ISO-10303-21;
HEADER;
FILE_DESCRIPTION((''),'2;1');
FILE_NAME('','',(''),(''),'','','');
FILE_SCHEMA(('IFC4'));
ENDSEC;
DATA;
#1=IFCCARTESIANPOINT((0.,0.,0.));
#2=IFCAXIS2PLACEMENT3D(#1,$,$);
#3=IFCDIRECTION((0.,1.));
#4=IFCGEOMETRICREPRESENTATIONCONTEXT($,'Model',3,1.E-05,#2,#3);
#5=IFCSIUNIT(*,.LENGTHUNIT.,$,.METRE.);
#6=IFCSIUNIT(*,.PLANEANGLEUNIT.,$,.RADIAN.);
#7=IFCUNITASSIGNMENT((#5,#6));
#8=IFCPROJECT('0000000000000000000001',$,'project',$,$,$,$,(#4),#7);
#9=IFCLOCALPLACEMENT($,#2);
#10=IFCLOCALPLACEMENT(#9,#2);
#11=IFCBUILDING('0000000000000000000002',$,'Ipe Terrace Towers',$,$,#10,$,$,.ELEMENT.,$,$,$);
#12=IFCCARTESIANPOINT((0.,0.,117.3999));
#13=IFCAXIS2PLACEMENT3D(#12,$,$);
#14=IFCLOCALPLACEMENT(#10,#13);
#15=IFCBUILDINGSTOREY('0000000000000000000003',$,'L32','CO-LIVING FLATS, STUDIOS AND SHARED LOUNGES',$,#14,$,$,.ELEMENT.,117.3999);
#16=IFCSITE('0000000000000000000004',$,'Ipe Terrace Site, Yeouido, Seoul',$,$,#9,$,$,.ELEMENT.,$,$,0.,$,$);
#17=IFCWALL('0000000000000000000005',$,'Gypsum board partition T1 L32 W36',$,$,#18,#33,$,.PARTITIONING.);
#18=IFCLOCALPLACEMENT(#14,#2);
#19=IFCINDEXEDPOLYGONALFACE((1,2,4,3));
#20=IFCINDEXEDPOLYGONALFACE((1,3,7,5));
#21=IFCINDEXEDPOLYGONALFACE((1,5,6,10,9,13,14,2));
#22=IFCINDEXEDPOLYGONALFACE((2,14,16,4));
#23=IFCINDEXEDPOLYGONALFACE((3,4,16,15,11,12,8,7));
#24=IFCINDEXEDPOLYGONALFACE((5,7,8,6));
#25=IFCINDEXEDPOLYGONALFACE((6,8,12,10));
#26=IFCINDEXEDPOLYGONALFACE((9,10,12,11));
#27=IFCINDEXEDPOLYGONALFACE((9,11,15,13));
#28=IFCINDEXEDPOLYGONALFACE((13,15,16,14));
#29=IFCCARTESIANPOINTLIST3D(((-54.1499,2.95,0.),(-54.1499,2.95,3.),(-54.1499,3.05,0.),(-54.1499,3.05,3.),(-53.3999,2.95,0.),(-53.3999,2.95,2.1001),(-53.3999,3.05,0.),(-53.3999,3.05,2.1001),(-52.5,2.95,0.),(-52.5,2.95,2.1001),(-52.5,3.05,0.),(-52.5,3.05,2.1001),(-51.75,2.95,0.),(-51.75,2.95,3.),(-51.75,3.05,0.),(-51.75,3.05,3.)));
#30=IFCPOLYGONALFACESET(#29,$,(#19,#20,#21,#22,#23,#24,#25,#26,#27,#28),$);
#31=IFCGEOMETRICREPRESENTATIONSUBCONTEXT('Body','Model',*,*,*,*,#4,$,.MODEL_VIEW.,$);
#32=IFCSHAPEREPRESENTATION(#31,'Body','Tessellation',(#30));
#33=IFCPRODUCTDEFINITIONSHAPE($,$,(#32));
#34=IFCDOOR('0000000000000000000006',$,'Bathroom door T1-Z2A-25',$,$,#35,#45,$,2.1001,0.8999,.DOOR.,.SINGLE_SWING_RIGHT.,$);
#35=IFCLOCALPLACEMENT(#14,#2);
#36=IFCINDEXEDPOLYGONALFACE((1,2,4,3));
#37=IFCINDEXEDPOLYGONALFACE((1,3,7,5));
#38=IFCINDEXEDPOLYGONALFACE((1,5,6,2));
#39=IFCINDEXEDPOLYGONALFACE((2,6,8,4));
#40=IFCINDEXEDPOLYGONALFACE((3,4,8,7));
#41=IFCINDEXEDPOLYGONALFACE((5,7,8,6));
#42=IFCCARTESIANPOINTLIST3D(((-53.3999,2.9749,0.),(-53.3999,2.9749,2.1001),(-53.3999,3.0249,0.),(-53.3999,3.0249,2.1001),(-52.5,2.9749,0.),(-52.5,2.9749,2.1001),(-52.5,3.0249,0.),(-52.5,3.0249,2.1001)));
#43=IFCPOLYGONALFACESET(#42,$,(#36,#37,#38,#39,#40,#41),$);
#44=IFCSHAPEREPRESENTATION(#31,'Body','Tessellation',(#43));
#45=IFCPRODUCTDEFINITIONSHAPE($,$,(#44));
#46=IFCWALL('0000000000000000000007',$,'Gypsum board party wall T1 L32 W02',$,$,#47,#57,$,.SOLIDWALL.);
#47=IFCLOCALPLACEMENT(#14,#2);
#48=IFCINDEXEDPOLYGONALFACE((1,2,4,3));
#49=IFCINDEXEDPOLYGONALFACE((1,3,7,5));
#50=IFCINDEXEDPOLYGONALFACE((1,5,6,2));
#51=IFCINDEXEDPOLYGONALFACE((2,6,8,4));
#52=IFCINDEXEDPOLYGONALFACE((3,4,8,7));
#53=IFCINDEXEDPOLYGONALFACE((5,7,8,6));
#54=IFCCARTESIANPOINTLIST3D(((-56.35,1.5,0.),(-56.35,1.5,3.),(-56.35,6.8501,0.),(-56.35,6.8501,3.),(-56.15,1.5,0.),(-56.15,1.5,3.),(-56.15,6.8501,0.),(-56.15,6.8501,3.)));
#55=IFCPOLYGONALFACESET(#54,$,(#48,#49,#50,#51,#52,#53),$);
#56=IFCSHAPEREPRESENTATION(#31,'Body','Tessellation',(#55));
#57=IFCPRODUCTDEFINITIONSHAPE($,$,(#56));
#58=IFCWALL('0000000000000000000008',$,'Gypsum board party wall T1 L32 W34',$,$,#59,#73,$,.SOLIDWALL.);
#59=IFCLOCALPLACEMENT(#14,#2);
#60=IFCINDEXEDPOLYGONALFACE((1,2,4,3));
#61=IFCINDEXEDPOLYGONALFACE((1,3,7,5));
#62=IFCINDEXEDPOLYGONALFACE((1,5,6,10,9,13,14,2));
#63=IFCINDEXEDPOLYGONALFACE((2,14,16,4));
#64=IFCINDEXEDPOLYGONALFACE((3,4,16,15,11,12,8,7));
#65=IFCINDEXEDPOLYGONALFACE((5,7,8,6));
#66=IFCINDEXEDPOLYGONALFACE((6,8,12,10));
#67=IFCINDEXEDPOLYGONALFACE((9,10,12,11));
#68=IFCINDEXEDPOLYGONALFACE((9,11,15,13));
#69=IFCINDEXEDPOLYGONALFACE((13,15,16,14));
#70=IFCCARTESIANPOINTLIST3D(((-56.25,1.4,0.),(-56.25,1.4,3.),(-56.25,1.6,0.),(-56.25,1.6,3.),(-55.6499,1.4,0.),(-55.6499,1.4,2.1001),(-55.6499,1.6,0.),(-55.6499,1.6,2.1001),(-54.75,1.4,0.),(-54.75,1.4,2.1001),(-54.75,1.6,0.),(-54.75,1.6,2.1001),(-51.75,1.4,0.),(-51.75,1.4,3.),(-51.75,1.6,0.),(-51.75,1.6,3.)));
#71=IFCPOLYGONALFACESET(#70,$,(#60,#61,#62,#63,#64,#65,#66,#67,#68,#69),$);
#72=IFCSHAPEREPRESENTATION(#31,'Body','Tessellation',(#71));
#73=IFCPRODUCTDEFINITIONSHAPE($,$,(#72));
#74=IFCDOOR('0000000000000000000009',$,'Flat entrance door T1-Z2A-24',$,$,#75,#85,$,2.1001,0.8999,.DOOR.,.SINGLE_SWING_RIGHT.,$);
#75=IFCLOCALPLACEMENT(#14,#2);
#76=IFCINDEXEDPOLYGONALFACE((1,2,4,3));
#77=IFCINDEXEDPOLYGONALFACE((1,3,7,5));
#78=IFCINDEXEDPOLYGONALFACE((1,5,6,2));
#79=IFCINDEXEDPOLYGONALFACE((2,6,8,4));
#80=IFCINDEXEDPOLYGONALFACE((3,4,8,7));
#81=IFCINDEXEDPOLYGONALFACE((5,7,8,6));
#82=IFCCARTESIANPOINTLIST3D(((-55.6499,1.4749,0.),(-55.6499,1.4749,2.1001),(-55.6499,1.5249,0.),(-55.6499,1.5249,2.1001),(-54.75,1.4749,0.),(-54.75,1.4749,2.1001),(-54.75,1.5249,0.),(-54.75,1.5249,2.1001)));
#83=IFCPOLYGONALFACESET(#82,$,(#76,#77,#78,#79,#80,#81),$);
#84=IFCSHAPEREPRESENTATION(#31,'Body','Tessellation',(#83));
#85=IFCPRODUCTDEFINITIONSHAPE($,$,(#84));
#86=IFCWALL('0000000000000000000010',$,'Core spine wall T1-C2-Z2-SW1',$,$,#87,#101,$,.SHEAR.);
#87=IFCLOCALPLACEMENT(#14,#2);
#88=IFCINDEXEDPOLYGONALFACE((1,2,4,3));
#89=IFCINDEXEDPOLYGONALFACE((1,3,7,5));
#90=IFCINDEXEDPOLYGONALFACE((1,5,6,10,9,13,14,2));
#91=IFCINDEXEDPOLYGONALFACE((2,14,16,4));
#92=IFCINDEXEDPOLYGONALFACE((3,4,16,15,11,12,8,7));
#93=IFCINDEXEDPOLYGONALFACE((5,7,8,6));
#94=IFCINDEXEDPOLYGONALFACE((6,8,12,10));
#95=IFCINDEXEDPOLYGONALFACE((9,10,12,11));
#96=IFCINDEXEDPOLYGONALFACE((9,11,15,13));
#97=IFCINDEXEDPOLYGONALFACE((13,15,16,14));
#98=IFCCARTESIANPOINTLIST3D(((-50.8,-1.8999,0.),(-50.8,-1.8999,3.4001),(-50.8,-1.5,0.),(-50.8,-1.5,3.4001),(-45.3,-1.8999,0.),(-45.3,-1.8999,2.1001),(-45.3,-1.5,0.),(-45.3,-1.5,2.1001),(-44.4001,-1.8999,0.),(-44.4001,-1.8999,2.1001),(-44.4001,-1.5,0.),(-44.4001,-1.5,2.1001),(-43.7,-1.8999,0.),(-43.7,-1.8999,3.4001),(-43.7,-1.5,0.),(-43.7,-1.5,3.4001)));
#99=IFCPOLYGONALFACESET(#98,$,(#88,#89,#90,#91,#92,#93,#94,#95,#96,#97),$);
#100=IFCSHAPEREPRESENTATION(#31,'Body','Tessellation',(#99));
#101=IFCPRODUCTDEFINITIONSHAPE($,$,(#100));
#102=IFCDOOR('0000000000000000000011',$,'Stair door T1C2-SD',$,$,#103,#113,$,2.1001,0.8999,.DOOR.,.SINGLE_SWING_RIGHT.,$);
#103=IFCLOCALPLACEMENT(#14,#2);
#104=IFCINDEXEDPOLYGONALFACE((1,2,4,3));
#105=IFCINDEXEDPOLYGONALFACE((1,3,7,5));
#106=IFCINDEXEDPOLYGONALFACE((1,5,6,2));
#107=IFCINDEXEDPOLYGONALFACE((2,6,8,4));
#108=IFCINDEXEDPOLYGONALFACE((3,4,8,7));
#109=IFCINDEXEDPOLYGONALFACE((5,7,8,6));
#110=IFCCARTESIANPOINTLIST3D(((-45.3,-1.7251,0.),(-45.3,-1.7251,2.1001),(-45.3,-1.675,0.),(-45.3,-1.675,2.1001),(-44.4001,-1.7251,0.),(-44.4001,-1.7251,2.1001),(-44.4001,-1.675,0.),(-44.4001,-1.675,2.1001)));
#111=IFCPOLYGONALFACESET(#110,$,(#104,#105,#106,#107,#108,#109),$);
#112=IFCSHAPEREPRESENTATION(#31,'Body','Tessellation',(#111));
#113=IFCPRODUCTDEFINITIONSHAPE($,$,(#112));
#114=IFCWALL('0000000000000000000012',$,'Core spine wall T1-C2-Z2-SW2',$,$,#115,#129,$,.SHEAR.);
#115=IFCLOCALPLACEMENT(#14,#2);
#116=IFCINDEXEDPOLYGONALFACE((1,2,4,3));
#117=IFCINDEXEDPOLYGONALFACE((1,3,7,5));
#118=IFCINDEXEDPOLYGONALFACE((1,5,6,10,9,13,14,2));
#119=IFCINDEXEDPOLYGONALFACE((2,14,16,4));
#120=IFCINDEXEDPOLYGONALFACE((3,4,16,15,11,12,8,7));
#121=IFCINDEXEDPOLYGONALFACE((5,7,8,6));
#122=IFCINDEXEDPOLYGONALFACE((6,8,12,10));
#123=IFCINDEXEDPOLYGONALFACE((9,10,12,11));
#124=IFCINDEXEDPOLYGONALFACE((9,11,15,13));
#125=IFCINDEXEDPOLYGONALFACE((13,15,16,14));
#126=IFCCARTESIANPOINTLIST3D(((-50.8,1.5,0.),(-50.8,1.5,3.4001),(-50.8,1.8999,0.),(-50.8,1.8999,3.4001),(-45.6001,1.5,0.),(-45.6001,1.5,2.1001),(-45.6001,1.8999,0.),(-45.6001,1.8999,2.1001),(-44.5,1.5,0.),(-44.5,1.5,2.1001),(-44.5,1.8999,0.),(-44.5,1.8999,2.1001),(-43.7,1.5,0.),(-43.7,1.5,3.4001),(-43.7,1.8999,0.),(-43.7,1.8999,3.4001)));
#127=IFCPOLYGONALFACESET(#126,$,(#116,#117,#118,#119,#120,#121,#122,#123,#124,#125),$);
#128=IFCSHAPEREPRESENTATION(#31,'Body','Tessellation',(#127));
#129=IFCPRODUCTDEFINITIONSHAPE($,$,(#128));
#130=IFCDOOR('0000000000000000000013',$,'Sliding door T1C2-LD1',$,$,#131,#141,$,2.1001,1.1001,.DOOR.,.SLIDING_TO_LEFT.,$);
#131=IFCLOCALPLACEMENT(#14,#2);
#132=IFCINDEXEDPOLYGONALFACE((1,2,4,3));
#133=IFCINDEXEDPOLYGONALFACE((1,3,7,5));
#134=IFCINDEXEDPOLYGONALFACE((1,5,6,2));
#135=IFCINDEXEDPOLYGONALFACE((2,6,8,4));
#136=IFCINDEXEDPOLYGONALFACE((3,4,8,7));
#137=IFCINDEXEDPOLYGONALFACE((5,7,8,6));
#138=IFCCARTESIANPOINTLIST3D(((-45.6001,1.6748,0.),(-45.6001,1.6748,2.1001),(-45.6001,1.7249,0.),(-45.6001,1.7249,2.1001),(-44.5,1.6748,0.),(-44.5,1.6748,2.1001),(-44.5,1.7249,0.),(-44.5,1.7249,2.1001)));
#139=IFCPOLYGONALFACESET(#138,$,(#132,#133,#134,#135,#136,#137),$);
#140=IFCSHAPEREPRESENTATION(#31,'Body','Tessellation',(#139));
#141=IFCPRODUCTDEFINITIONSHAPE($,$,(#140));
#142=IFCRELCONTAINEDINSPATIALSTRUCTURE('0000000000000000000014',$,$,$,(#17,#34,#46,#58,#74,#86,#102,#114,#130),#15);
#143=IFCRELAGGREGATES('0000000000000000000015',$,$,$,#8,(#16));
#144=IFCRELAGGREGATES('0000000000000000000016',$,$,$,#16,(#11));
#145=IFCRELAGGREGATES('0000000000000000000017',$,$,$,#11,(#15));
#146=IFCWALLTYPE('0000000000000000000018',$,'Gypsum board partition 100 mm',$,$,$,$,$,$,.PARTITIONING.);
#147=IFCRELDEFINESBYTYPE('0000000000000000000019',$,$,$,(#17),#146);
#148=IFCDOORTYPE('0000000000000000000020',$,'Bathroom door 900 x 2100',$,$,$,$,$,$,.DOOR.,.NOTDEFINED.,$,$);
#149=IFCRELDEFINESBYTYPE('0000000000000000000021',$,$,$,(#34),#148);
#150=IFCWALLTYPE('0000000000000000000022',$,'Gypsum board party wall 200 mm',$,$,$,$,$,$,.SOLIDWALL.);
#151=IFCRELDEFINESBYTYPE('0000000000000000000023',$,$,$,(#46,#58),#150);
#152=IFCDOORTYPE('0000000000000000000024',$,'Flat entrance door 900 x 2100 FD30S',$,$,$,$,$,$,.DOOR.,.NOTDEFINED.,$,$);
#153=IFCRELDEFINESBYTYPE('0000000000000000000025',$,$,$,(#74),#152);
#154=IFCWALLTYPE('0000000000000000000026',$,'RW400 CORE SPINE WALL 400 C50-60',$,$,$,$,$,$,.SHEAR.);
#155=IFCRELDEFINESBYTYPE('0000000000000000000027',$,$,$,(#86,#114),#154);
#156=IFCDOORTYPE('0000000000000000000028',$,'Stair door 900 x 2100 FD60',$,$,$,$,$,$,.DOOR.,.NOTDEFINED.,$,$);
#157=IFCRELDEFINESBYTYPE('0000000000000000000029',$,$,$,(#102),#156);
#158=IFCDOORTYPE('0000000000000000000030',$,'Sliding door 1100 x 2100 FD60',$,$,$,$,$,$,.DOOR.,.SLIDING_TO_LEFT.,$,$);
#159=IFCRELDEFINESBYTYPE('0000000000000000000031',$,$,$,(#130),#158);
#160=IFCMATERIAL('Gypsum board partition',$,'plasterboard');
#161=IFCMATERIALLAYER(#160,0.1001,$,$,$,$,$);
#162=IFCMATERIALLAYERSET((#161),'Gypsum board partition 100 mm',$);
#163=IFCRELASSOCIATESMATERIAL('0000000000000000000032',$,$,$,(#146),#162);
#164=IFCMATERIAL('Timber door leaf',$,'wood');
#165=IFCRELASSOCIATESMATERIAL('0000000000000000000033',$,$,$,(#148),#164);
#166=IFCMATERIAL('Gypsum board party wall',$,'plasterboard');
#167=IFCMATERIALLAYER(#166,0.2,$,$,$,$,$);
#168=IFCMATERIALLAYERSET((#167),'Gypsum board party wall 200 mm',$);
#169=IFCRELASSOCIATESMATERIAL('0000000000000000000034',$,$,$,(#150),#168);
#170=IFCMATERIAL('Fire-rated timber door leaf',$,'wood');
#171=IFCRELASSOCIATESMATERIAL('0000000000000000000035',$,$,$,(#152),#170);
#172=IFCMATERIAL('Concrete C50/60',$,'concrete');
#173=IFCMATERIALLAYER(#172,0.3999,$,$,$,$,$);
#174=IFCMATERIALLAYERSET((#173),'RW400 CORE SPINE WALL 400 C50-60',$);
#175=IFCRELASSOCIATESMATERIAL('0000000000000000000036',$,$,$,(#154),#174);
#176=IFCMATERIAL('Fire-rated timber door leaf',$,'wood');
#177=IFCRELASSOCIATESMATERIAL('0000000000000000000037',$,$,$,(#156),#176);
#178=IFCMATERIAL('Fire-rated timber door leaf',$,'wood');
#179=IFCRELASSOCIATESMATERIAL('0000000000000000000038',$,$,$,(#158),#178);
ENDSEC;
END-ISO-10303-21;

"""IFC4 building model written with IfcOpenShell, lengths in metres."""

from ifc_helpers import new_model, si_unit, direction, frame, frame_2d, origin, place, context, subcontext, project, spatial, rectangle, extrude, material, layer, layer_set, type_object, element, fill, save


model = new_model("IFC4")

# Units and contexts
model_context = context("Model", 3, precision=1e-05, world=origin(), true_north=direction((0.0, 1.0)))
body_context = subcontext(model_context, "Body", "Model", "MODEL_VIEW")
ifc_project = project(units=[si_unit("LENGTHUNIT", "METRE"), si_unit("PLANEANGLEUNIT", "RADIAN")], contexts=[model_context])

# Site, building, storey
site_placement = place(None, origin())
site = spatial("IfcSite", under=ifc_project, at=site_placement, Name="Ipe Terrace Site, Yeouido, Seoul", CompositionType="ELEMENT", RefElevation=0.0)
building_placement = place(site_placement, origin())
building = spatial("IfcBuilding", under=site, at=building_placement, Name="Ipe Terrace Towers", CompositionType="ELEMENT")
storey_placement = place(building_placement, frame((0.0, 0.0, 117.3999)))
storey = spatial("IfcBuildingStorey", under=building, at=storey_placement, Name="L32", Description="CO-LIVING FLATS, STUDIOS AND SHARED LOUNGES", CompositionType="ELEMENT", Elevation=117.3999)

# Shared definitions
ifc_material_1 = material(Name="Gypsum board partition", Category="plasterboard")
ifc_layer_1 = layer(ifc_material_1, 0.1001)
ifc_layer_set_1 = layer_set([ifc_layer_1], Name="Gypsum board partition 100 mm")
wall_type_1 = type_object("IfcWallType", Name="Gypsum board partition 100 mm", PredefinedType="PARTITIONING", material=ifc_layer_set_1)

# Wall, opening, door
wall_1_placement = place(storey_placement, frame((-54.1499, 3.0, 0.0), z_axis=(0.0, 0.0, 1.0), x_axis=(1.0, 0.0, 0.0)))
wall_1 = element("IfcWall", 1, at=wall_1_placement, inside=storey, type_object=wall_type_1, Name="Gypsum board partition T1 L32 W36", PredefinedType="PARTITIONING", context=body_context, shape_type="SweptSolid", body=[
    extrude(rectangle(XDim=2.3999, YDim=0.1001, at=frame_2d((1.2, 0.0))), origin(), (0.0, 0.0, 1.0), 3.0),
])
opening_1_placement = place(wall_1_placement, frame((0.75, 0.0, 0.0)))
opening_1 = element("IfcOpeningElement", 2, at=opening_1_placement, cuts=wall_1, PredefinedType="OPENING", context=body_context, shape_type="SweptSolid", body=[
    extrude(rectangle(XDim=0.8999, YDim=2.1001, at=frame_2d((0.45, 1.05))), frame((0.0, 0.0601, 0.0), z_axis=(0.0, -1.0, 0.0), x_axis=(1.0, 0.0, 0.0)), (0.0, 0.0, 1.0), 0.1201),
])
ifc_material_2 = material(Name="Timber door leaf", Category="wood")
door_type_1 = type_object("IfcDoorType", Name="Bathroom door 900 x 2100", OperationType="NOTDEFINED", PredefinedType="DOOR", material=ifc_material_2)
door_1_placement = place(opening_1_placement, origin())
door_1 = element("IfcDoor", 3, at=door_1_placement, inside=storey, type_object=door_type_1, Name="Bathroom door T1-Z2A-25", OperationType="SINGLE_SWING_RIGHT", OverallHeight=2.1001, OverallWidth=0.8999, PredefinedType="DOOR", context=body_context, shape_type="SweptSolid", body=[
    extrude(rectangle(XDim=0.8999, YDim=2.1001, at=frame_2d((0.45, 1.05))), frame((0.0, 0.0249, 0.0), z_axis=(0.0, -1.0, 0.0), x_axis=(1.0, 0.0, 0.0)), (0.0, 0.0, 1.0), 0.05),
])
fill(opening_1, door_1)

# Wall
ifc_material_3 = material(Name="Gypsum board party wall", Category="plasterboard")
ifc_layer_2 = layer(ifc_material_3, 0.2)
ifc_layer_set_2 = layer_set([ifc_layer_2], Name="Gypsum board party wall 200 mm")
wall_type_2 = type_object("IfcWallType", Name="Gypsum board party wall 200 mm", PredefinedType="SOLIDWALL", material=ifc_layer_set_2)
wall_2_placement = place(storey_placement, frame((-56.25, 1.5, 0.0), z_axis=(0.0, 0.0, 1.0), x_axis=(0.0, 1.0, 0.0)))
element("IfcWall", 4, at=wall_2_placement, inside=storey, type_object=wall_type_2, Name="Gypsum board party wall T1 L32 W02", PredefinedType="SOLIDWALL", context=body_context, shape_type="SweptSolid", body=[
    extrude(rectangle(XDim=5.3501, YDim=0.2, at=frame_2d((2.675, 0.0))), origin(), (0.0, 0.0, 1.0), 3.0),
])

# Walls, openings, doors
wall_3_placement = place(storey_placement, frame((-56.25, 1.5, 0.0), z_axis=(0.0, 0.0, 1.0), x_axis=(1.0, 0.0, 0.0)))
wall_3 = element("IfcWall", 5, at=wall_3_placement, inside=storey, type_object=wall_type_2, Name="Gypsum board party wall T1 L32 W34", PredefinedType="SOLIDWALL", context=body_context, shape_type="SweptSolid", body=[
    extrude(rectangle(XDim=4.5, YDim=0.2, at=frame_2d((2.25, 0.0))), origin(), (0.0, 0.0, 1.0), 3.0),
])
opening_2_placement = place(wall_3_placement, frame((0.6001, 0.0, 0.0)))
opening_2 = element("IfcOpeningElement", 6, at=opening_2_placement, cuts=wall_3, PredefinedType="OPENING", context=body_context, shape_type="SweptSolid", body=[
    extrude(rectangle(XDim=0.8999, YDim=2.1001, at=frame_2d((0.45, 1.05))), frame((0.0, 0.1099, 0.0), z_axis=(0.0, -1.0, 0.0), x_axis=(1.0, 0.0, 0.0)), (0.0, 0.0, 1.0), 0.22),
])
ifc_material_4 = material(Name="Fire-rated timber door leaf", Category="wood")
door_type_2 = type_object("IfcDoorType", Name="Flat entrance door 900 x 2100 FD30S", OperationType="NOTDEFINED", PredefinedType="DOOR", material=ifc_material_4)
door_2_placement = place(opening_2_placement, origin())
door_2 = element("IfcDoor", 7, at=door_2_placement, inside=storey, type_object=door_type_2, Name="Flat entrance door T1-Z2A-24", OperationType="SINGLE_SWING_RIGHT", OverallHeight=2.1001, OverallWidth=0.8999, PredefinedType="DOOR", context=body_context, shape_type="SweptSolid", body=[
    extrude(rectangle(XDim=0.8999, YDim=2.1001, at=frame_2d((0.45, 1.05))), frame((0.0, 0.0249, 0.0), z_axis=(0.0, -1.0, 0.0), x_axis=(1.0, 0.0, 0.0)), (0.0, 0.0, 1.0), 0.05),
])
fill(opening_2, door_2)
ifc_material_5 = material(Name="Concrete C50/60", Category="concrete")
ifc_layer_3 = layer(ifc_material_5, 0.3999)
ifc_layer_set_3 = layer_set([ifc_layer_3], Name="RW400 CORE SPINE WALL 400 C50-60")
wall_type_3 = type_object("IfcWallType", Name="RW400 CORE SPINE WALL 400 C50-60", PredefinedType="SHEAR", material=ifc_layer_set_3)
wall_4_placement = place(storey_placement, frame((-50.8, -1.7, 0.0), z_axis=(0.0, 0.0, 1.0), x_axis=(1.0, 0.0, 0.0)))
wall_4 = element("IfcWall", 8, at=wall_4_placement, inside=storey, type_object=wall_type_3, Name="Core spine wall T1-C2-Z2-SW1", PredefinedType="SHEAR", context=body_context, shape_type="SweptSolid", body=[
    extrude(rectangle(XDim=7.1001, YDim=0.3999, at=frame_2d((3.55, 0.0))), origin(), (0.0, 0.0, 1.0), 3.4001),
])
opening_3_placement = place(wall_4_placement, frame((5.5, 0.0, 0.0)))
opening_3 = element("IfcOpeningElement", 9, at=opening_3_placement, cuts=wall_4, PredefinedType="OPENING", context=body_context, shape_type="SweptSolid", body=[
    extrude(rectangle(XDim=0.8999, YDim=2.1001, at=frame_2d((0.45, 1.05))), frame((0.0, 0.21, 0.0), z_axis=(0.0, -1.0, 0.0), x_axis=(1.0, 0.0, 0.0)), (0.0, 0.0, 1.0), 0.4199),
])
ifc_material_6 = material(Name="Fire-rated timber door leaf", Category="wood")
door_type_3 = type_object("IfcDoorType", Name="Stair door 900 x 2100 FD60", OperationType="NOTDEFINED", PredefinedType="DOOR", material=ifc_material_6)
door_3_placement = place(opening_3_placement, origin())
door_3 = element("IfcDoor", 10, at=door_3_placement, inside=storey, type_object=door_type_3, Name="Stair door T1C2-SD", OperationType="SINGLE_SWING_RIGHT", OverallHeight=2.1001, OverallWidth=0.8999, PredefinedType="DOOR", context=body_context, shape_type="SweptSolid", body=[
    extrude(rectangle(XDim=0.8999, YDim=2.1001, at=frame_2d((0.45, 1.05))), frame((0.0, 0.0249, 0.0), z_axis=(0.0, -1.0, 0.0), x_axis=(1.0, 0.0, 0.0)), (0.0, 0.0, 1.0), 0.05),
])
fill(opening_3, door_3)
wall_5_placement = place(storey_placement, frame((-50.8, 1.7, 0.0), z_axis=(0.0, 0.0, 1.0), x_axis=(1.0, 0.0, 0.0)))
wall_5 = element("IfcWall", 11, at=wall_5_placement, inside=storey, type_object=wall_type_3, Name="Core spine wall T1-C2-Z2-SW2", PredefinedType="SHEAR", context=body_context, shape_type="SweptSolid", body=[
    extrude(rectangle(XDim=7.1001, YDim=0.3999, at=frame_2d((3.55, 0.0))), origin(), (0.0, 0.0, 1.0), 3.4001),
])
opening_4_placement = place(wall_5_placement, frame((5.2, 0.0, 0.0)))
opening_4 = element("IfcOpeningElement", 12, at=opening_4_placement, cuts=wall_5, PredefinedType="OPENING", context=body_context, shape_type="SweptSolid", body=[
    extrude(rectangle(XDim=1.1001, YDim=2.1001, at=frame_2d((0.55, 1.05))), frame((0.0, 0.21, 0.0), z_axis=(0.0, -1.0, 0.0), x_axis=(1.0, 0.0, 0.0)), (0.0, 0.0, 1.0), 0.4199),
])
ifc_material_7 = material(Name="Fire-rated timber door leaf", Category="wood")
door_type_4 = type_object("IfcDoorType", Name="Sliding door 1100 x 2100 FD60", OperationType="SLIDING_TO_LEFT", PredefinedType="DOOR", material=ifc_material_7)
door_4_placement = place(opening_4_placement, origin())
door_4 = element("IfcDoor", 13, at=door_4_placement, inside=storey, type_object=door_type_4, Name="Sliding door T1C2-LD1", OperationType="SLIDING_TO_LEFT", OverallHeight=2.1001, OverallWidth=1.1001, PredefinedType="DOOR", context=body_context, shape_type="SweptSolid", body=[
    extrude(rectangle(XDim=1.1001, YDim=2.1001, at=frame_2d((0.55, 1.05))), frame((0.0, 0.0249, 0.0), z_axis=(0.0, -1.0, 0.0), x_axis=(1.0, 0.0, 0.0)), (0.0, 0.0, 1.0), 0.05),
])
fill(opening_4, door_4)

save(model, "model.ifc")
